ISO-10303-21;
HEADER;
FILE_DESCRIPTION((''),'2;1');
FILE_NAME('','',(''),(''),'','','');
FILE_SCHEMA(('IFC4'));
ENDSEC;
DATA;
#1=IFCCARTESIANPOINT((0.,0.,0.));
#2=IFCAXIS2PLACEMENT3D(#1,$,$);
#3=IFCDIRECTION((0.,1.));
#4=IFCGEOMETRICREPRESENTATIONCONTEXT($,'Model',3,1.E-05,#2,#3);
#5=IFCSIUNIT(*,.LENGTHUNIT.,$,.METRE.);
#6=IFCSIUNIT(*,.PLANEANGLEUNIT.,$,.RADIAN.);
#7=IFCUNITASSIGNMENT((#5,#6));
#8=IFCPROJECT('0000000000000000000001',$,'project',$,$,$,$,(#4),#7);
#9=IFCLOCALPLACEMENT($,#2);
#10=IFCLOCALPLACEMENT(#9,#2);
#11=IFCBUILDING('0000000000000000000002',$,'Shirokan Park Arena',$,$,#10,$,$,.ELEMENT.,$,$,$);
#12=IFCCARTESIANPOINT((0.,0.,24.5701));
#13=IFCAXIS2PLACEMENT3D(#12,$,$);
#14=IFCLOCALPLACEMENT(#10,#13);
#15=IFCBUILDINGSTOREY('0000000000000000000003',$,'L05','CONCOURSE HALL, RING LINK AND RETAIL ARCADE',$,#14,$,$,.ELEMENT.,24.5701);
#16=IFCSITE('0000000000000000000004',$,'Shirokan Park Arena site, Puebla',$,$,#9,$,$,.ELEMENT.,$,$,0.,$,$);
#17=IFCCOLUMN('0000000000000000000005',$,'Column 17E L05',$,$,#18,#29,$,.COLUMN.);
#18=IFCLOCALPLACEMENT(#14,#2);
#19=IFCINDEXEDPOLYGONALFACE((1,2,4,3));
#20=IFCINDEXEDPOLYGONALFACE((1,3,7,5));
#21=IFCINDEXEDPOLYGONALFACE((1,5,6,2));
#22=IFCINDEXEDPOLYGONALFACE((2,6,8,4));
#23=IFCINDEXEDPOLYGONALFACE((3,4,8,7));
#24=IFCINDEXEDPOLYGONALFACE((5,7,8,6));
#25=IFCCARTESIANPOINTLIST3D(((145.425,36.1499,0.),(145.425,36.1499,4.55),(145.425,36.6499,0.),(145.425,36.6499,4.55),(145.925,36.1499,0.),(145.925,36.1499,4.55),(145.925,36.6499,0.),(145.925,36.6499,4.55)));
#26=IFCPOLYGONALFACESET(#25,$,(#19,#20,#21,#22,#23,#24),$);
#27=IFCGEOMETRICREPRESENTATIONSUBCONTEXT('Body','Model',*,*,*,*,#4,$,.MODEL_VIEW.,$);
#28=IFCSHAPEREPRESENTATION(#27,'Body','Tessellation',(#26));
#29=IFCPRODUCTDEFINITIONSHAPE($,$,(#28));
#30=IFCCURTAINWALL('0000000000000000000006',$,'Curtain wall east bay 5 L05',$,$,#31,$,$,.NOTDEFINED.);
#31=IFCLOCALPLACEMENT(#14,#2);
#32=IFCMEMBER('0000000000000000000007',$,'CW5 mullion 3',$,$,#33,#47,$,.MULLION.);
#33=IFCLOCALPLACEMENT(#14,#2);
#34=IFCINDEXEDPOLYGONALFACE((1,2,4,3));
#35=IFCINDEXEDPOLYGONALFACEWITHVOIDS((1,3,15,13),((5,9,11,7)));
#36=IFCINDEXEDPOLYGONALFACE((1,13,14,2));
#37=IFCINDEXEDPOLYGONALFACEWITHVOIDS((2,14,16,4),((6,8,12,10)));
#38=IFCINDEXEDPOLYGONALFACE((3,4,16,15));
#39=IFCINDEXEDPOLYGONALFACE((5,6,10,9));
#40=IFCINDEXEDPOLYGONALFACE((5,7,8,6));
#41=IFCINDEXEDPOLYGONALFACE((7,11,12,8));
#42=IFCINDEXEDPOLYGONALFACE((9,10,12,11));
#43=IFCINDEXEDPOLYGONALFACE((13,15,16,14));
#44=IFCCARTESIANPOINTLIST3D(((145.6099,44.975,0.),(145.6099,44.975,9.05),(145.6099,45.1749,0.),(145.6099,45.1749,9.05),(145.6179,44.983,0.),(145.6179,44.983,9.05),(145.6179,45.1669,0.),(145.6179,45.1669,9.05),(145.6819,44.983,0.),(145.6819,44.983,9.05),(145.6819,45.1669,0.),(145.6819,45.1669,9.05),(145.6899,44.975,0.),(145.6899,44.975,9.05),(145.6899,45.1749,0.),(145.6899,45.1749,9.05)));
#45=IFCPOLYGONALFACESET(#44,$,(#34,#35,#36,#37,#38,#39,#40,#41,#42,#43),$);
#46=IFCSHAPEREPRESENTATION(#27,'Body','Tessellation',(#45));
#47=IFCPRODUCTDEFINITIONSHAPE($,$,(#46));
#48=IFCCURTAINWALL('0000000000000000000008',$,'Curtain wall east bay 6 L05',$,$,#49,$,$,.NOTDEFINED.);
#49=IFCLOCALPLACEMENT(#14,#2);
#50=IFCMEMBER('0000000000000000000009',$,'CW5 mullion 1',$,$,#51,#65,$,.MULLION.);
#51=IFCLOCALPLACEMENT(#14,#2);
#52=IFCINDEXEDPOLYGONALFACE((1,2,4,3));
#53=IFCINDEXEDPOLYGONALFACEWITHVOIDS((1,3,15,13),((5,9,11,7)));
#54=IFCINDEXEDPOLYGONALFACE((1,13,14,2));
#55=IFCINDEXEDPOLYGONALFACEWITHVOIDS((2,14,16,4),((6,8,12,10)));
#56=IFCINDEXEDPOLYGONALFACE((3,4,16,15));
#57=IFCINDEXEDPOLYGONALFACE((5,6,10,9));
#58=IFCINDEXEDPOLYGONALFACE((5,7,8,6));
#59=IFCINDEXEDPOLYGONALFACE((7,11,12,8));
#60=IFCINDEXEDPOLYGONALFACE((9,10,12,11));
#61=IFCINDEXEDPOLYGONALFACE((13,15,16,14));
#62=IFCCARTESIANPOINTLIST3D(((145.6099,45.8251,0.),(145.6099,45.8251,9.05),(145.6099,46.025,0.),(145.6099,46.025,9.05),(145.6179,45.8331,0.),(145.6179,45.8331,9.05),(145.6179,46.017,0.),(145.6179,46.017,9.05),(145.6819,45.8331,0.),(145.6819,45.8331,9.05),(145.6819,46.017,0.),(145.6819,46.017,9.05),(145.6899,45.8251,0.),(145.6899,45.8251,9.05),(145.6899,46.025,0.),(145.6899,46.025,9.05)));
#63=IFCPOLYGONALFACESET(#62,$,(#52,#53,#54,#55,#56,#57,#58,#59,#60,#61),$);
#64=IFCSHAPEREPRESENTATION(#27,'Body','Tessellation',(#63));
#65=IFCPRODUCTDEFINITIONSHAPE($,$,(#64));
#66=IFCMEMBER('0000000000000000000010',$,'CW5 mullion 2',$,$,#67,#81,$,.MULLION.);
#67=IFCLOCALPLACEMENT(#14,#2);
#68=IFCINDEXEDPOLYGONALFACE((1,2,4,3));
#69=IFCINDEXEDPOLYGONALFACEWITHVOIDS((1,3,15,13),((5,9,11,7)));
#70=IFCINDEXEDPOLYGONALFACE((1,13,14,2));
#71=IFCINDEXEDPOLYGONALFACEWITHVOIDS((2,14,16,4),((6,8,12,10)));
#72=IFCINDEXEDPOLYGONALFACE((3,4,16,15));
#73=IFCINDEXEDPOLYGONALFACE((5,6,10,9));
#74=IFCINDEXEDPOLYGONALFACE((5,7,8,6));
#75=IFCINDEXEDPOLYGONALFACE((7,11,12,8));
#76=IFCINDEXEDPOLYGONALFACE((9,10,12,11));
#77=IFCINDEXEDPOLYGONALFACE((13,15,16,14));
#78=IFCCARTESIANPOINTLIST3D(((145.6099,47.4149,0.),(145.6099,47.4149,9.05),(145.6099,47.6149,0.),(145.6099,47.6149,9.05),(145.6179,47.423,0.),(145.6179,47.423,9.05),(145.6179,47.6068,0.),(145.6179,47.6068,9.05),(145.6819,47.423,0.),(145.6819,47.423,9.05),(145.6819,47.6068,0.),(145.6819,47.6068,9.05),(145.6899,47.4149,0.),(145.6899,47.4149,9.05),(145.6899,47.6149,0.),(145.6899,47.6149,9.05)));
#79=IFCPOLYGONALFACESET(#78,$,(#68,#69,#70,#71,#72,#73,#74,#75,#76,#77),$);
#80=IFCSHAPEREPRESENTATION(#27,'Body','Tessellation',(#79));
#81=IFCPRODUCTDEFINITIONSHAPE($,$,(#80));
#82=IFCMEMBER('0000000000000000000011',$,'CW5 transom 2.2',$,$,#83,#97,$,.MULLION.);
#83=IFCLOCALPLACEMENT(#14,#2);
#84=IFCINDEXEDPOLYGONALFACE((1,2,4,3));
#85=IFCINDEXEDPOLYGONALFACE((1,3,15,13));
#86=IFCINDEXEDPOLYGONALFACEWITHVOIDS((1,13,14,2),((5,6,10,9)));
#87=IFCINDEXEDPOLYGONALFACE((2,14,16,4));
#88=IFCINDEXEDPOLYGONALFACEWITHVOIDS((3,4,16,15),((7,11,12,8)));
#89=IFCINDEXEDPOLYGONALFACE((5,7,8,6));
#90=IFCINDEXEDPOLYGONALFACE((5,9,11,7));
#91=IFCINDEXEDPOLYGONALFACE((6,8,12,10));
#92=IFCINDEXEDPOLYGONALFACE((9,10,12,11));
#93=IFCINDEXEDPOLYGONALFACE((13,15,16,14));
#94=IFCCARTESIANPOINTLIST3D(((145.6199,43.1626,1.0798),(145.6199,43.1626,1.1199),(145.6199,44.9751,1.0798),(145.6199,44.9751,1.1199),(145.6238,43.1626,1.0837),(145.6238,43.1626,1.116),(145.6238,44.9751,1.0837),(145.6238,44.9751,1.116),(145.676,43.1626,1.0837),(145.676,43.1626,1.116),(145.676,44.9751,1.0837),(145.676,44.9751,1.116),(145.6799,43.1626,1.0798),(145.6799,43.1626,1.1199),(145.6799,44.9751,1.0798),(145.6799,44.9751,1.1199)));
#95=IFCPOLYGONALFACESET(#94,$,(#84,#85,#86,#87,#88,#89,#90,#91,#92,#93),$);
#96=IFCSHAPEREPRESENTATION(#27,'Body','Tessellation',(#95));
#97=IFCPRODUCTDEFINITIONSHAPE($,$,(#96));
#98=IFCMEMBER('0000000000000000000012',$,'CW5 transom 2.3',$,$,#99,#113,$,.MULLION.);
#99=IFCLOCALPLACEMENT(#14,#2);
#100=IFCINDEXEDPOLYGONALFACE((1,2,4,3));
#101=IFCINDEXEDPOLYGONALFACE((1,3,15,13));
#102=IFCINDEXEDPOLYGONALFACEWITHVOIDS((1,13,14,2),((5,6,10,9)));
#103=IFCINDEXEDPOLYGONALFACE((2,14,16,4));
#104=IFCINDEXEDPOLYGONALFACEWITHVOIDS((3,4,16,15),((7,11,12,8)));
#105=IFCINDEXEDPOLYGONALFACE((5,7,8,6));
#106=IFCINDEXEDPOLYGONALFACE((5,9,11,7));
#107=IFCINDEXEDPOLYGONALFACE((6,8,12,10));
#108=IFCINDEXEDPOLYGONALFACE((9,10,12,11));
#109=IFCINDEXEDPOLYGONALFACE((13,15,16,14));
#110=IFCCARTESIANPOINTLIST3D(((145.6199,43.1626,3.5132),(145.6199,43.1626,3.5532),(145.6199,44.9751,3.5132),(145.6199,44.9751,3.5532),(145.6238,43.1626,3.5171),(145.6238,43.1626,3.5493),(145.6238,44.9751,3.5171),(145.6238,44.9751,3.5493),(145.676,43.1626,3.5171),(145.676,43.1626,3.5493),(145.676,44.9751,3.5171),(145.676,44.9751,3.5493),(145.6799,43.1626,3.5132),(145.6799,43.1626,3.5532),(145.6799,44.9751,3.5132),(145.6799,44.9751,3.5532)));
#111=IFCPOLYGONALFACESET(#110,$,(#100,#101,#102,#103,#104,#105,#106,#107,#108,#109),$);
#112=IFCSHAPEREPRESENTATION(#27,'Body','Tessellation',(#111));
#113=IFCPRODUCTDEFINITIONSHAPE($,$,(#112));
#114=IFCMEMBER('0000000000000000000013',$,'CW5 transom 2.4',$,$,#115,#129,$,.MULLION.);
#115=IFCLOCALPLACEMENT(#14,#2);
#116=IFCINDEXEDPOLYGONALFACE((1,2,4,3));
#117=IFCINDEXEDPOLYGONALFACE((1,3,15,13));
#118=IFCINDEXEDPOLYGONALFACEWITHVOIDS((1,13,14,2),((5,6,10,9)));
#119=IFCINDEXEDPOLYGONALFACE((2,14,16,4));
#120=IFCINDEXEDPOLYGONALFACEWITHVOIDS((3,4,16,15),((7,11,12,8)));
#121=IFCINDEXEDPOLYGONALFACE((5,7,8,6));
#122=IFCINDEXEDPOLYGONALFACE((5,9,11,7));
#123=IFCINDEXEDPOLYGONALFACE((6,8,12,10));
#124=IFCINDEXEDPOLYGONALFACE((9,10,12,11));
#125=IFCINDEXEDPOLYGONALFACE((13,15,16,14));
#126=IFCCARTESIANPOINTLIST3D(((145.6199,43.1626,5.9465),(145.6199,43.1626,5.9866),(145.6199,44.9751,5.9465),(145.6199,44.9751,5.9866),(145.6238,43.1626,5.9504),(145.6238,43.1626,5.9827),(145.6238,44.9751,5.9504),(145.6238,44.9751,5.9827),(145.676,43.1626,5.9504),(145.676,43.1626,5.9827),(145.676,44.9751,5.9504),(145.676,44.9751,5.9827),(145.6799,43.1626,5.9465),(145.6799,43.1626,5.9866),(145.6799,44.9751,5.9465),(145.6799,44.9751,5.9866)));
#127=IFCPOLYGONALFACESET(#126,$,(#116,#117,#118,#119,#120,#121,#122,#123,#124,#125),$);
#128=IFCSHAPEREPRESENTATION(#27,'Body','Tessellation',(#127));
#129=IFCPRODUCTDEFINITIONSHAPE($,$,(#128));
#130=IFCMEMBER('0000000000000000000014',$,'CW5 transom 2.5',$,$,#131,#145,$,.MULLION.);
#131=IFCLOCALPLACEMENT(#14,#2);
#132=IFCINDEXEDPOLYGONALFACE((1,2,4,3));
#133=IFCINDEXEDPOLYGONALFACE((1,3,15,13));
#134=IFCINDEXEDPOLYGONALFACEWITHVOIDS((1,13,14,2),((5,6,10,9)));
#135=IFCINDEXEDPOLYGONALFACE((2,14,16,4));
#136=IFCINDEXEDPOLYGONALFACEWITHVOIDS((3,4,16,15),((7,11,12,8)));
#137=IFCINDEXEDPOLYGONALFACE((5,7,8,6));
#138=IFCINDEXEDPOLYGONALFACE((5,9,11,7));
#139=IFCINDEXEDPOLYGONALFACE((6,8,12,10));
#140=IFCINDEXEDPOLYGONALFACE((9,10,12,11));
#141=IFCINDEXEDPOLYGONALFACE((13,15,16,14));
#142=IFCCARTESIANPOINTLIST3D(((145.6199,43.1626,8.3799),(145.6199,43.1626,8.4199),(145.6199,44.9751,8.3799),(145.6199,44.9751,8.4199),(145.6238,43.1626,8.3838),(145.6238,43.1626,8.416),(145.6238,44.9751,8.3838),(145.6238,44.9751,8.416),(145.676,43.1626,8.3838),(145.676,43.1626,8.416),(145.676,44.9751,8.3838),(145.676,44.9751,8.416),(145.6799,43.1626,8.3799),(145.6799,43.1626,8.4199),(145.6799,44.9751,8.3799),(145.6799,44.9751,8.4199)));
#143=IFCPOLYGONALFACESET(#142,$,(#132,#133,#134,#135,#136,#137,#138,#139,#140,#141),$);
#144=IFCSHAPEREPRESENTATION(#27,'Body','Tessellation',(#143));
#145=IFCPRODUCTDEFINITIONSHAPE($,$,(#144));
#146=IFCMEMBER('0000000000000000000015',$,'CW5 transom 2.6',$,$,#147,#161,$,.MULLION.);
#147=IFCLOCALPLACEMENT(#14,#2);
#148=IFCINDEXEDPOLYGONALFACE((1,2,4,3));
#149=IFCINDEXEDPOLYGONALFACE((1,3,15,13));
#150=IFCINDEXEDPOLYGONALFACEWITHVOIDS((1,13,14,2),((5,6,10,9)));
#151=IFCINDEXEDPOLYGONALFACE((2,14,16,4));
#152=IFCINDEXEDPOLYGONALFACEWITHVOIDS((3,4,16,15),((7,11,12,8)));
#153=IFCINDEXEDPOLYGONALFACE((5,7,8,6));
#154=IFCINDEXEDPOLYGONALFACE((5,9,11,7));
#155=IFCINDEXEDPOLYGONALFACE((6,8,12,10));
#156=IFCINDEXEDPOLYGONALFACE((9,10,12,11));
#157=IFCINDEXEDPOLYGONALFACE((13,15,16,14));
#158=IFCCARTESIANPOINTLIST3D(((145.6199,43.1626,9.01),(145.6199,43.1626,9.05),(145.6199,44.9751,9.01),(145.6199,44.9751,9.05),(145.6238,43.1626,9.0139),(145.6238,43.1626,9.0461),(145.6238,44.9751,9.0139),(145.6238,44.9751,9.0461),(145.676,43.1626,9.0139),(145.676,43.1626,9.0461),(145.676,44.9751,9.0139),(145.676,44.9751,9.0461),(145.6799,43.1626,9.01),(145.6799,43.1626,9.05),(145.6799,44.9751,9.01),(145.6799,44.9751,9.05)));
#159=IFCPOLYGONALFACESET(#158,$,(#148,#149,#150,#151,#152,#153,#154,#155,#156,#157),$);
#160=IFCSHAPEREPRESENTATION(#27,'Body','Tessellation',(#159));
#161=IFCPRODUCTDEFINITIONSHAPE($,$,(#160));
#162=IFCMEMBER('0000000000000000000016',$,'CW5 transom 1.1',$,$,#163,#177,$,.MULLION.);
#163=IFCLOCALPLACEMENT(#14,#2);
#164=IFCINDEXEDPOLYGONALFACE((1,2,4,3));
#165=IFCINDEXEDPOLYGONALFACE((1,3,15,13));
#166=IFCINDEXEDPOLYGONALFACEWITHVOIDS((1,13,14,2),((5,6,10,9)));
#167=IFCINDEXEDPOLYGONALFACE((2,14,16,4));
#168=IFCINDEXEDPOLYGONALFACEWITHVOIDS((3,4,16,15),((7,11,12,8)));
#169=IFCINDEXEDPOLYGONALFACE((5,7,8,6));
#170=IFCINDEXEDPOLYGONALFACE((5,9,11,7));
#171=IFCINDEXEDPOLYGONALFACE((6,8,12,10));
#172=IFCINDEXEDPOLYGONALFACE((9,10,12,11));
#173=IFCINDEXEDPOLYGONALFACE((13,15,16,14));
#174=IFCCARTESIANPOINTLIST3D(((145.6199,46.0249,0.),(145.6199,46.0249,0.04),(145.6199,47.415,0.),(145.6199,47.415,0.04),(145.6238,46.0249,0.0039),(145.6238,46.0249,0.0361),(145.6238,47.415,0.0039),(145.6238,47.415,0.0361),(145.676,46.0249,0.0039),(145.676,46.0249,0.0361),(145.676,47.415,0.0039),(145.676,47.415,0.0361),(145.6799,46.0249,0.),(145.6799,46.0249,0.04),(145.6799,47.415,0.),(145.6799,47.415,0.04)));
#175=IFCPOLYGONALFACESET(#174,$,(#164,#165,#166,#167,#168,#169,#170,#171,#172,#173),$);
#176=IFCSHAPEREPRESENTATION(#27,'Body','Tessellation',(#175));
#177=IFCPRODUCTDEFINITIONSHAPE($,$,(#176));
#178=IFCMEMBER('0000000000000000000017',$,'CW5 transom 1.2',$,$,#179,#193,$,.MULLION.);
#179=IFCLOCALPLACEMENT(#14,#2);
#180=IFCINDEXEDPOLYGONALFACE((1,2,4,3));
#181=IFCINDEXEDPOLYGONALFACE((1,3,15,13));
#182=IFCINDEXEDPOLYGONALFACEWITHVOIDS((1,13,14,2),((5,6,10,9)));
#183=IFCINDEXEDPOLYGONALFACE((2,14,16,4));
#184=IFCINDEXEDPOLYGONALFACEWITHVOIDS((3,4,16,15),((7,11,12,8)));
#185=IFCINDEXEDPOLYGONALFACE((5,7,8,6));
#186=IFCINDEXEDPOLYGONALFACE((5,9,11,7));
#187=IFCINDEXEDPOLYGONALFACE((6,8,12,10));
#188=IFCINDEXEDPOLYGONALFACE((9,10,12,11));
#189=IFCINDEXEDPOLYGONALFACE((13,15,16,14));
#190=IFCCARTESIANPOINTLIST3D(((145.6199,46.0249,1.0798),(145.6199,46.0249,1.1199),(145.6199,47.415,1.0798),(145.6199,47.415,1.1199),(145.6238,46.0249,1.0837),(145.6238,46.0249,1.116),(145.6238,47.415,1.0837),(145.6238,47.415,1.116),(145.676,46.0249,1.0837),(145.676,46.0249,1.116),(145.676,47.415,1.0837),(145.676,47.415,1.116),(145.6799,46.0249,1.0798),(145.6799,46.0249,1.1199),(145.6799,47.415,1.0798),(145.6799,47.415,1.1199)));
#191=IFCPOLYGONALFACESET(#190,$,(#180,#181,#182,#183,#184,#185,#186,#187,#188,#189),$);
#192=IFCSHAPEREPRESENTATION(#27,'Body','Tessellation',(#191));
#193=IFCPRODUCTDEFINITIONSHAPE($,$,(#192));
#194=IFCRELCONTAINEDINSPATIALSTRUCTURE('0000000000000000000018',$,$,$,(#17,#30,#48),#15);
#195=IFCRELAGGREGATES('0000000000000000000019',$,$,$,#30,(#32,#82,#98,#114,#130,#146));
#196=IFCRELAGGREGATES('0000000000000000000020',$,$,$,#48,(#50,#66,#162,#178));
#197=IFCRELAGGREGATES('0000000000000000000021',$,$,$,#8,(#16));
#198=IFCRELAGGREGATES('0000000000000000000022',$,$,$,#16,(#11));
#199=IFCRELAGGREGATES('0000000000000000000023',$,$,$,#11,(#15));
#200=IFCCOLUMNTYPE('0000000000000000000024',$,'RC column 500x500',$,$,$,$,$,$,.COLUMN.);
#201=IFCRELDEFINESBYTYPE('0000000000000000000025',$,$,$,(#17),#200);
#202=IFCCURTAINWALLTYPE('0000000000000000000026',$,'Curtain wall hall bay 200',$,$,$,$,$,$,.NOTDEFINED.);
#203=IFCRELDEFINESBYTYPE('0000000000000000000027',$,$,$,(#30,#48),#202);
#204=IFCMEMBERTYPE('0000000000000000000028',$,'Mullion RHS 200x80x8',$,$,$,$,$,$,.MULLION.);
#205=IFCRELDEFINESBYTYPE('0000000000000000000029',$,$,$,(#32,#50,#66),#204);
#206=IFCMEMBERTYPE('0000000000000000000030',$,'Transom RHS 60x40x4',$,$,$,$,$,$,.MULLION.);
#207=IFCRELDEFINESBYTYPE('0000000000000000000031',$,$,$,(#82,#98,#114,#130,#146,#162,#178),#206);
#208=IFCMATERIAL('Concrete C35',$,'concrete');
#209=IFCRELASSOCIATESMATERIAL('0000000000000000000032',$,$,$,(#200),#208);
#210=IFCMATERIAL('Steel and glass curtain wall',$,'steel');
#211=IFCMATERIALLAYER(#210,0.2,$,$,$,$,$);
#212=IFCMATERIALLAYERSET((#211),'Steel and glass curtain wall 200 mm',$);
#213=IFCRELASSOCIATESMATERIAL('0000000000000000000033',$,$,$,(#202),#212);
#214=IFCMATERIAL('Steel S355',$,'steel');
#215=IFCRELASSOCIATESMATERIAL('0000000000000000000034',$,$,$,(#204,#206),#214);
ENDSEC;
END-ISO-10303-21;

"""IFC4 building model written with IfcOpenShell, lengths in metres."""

from ifc_helpers import new_model, si_unit, direction, frame, origin, origin_2d, place, context, subcontext, project, spatial, rectangle, hollow_rectangle, extrude, material, layer, layer_set, material_profile, profile_set, type_object, element, aggregate, save


model = new_model("IFC4")

# Units and contexts
model_context = context("Model", 3, precision=1e-05, world=origin(), true_north=direction((0.0, 1.0)))
body_context = subcontext(model_context, "Body", "Model", "MODEL_VIEW")
ifc_project = project(units=[si_unit("LENGTHUNIT", "METRE"), si_unit("PLANEANGLEUNIT", "RADIAN")], contexts=[model_context])

# Site, building, storey
site_placement = place(None, origin())
site = spatial("IfcSite", under=ifc_project, at=site_placement, Name="Shirokan Park Arena site, Puebla", CompositionType="ELEMENT", RefElevation=0.0)
building_placement = place(site_placement, origin())
building = spatial("IfcBuilding", under=site, at=building_placement, Name="Shirokan Park Arena", CompositionType="ELEMENT")
storey_placement = place(building_placement, frame((0.0, 0.0, 24.5701)))
storey = spatial("IfcBuildingStorey", under=building, at=storey_placement, Name="L05", Description="CONCOURSE HALL, RING LINK AND RETAIL ARCADE", CompositionType="ELEMENT", Elevation=24.5701)

# Column
ifc_material_1 = material(Name="Concrete C35", Category="concrete")
ifc_material_profile_1 = material_profile(ifc_material_1, rectangle(XDim=0.5, YDim=0.5, at=origin_2d()), Name="500x500")
ifc_profile_set_1 = profile_set([ifc_material_profile_1], Name="Concrete C35")
column_type = type_object("IfcColumnType", Name="RC column 500x500", PredefinedType="COLUMN", material=ifc_profile_set_1)
column_placement = place(storey_placement, frame((145.675, 36.3999, 0.0), z_axis=(0.0, 0.0, 1.0), x_axis=(1.0, 0.0, 0.0)))
element("IfcColumn", 1, at=column_placement, inside=storey, type_object=column_type, Name="Column 17E L05", PredefinedType="COLUMN", context=body_context, shape_type="SweptSolid", body=[
    extrude(rectangle(XDim=0.5, YDim=0.5, at=origin_2d()), origin(), (0.0, 0.0, 1.0), 4.55),
])

# Curtain wall, member
ifc_material_2 = material(Name="Steel and glass curtain wall", Category="steel")
ifc_layer_1 = layer(ifc_material_2, 0.2)
ifc_layer_set_1 = layer_set([ifc_layer_1], Name="Steel and glass curtain wall 200 mm")
curtain_wall_type = type_object("IfcCurtainWallType", Name="Curtain wall hall bay 200", PredefinedType="NOTDEFINED", material=ifc_layer_set_1)
curtain_wall_1_placement = place(storey_placement, origin())
curtain_wall_1 = element("IfcCurtainWall", 2, at=curtain_wall_1_placement, inside=storey, type_object=curtain_wall_type, Name="Curtain wall east bay 5 L05", PredefinedType="NOTDEFINED")
ifc_material_3 = material(Name="Steel S355", Category="steel")
ifc_material_profile_2 = material_profile(ifc_material_3, hollow_rectangle(XDim=0.0801, YDim=0.2, WallThickness=0.0081, at=origin_2d()), Name="RHS 200x80x8")
ifc_profile_set_2 = profile_set([ifc_material_profile_2], Name="Steel S355")
member_type_1 = type_object("IfcMemberType", Name="Mullion RHS 200x80x8", PredefinedType="MULLION", material=ifc_profile_set_2)
member_1_placement = place(storey_placement, frame((145.6499, 45.075, 0.0), z_axis=(0.0, 0.0, 1.0), x_axis=(-1.0, 0.0, 0.0)))
member_1 = element("IfcMember", 3, at=member_1_placement, type_object=member_type_1, Name="CW5 mullion 3", PredefinedType="MULLION", context=body_context, shape_type="SweptSolid", body=[
    extrude(hollow_rectangle(XDim=0.0801, YDim=0.2, WallThickness=0.0081, at=origin_2d()), origin(), (0.0, 0.0, 1.0), 9.05),
])

# Curtain wall, members
curtain_wall_2_placement = place(storey_placement, origin())
curtain_wall_2 = element("IfcCurtainWall", 4, at=curtain_wall_2_placement, inside=storey, type_object=curtain_wall_type, Name="Curtain wall east bay 6 L05", PredefinedType="NOTDEFINED")
member_2_placement = place(storey_placement, frame((145.6499, 45.925, 0.0), z_axis=(0.0, 0.0, 1.0), x_axis=(-1.0, 0.0, 0.0)))
member_2 = element("IfcMember", 5, at=member_2_placement, type_object=member_type_1, Name="CW5 mullion 1", PredefinedType="MULLION", context=body_context, shape_type="SweptSolid", body=[
    extrude(hollow_rectangle(XDim=0.0801, YDim=0.2, WallThickness=0.0081, at=origin_2d()), origin(), (0.0, 0.0, 1.0), 9.05),
])
member_3_placement = place(storey_placement, frame((145.6499, 47.5149, 0.0), z_axis=(0.0, 0.0, 1.0), x_axis=(-1.0, 0.0, 0.0)))
member_3 = element("IfcMember", 6, at=member_3_placement, type_object=member_type_1, Name="CW5 mullion 2", PredefinedType="MULLION", context=body_context, shape_type="SweptSolid", body=[
    extrude(hollow_rectangle(XDim=0.0801, YDim=0.2, WallThickness=0.0081, at=origin_2d()), origin(), (0.0, 0.0, 1.0), 9.05),
])

# Members
ifc_material_profile_3 = material_profile(ifc_material_3, hollow_rectangle(XDim=0.0601, YDim=0.04, WallThickness=0.0039, at=origin_2d()), Name="RHS 60x40x4")
ifc_profile_set_3 = profile_set([ifc_material_profile_3], Name="Steel S355")
member_type_2 = type_object("IfcMemberType", Name="Transom RHS 60x40x4", PredefinedType="MULLION", material=ifc_profile_set_3)
member_4_placement = place(storey_placement, frame((145.6499, 43.1626, 1.0999), z_axis=(0.0, 1.0, 0.0), x_axis=(-1.0, 0.0, 0.0)))
member_4 = element("IfcMember", 7, at=member_4_placement, type_object=member_type_2, Name="CW5 transom 2.2", PredefinedType="MULLION", context=body_context, shape_type="SweptSolid", body=[
    extrude(hollow_rectangle(XDim=0.0601, YDim=0.04, WallThickness=0.0039, at=origin_2d()), origin(), (0.0, 0.0, 1.0), 1.8125),
])
member_5_placement = place(storey_placement, frame((145.6499, 43.1626, 3.5332), z_axis=(0.0, 1.0, 0.0), x_axis=(-1.0, 0.0, 0.0)))
member_5 = element("IfcMember", 8, at=member_5_placement, type_object=member_type_2, Name="CW5 transom 2.3", PredefinedType="MULLION", context=body_context, shape_type="SweptSolid", body=[
    extrude(hollow_rectangle(XDim=0.0601, YDim=0.04, WallThickness=0.0039, at=origin_2d()), origin(), (0.0, 0.0, 1.0), 1.8125),
])
member_6_placement = place(storey_placement, frame((145.6499, 43.1626, 5.9666), z_axis=(0.0, 1.0, 0.0), x_axis=(-1.0, 0.0, 0.0)))
member_6 = element("IfcMember", 9, at=member_6_placement, type_object=member_type_2, Name="CW5 transom 2.4", PredefinedType="MULLION", context=body_context, shape_type="SweptSolid", body=[
    extrude(hollow_rectangle(XDim=0.0601, YDim=0.04, WallThickness=0.0039, at=origin_2d()), origin(), (0.0, 0.0, 1.0), 1.8125),
])
member_7_placement = place(storey_placement, frame((145.6499, 43.1626, 8.3999), z_axis=(0.0, 1.0, 0.0), x_axis=(-1.0, 0.0, 0.0)))
member_7 = element("IfcMember", 10, at=member_7_placement, type_object=member_type_2, Name="CW5 transom 2.5", PredefinedType="MULLION", context=body_context, shape_type="SweptSolid", body=[
    extrude(hollow_rectangle(XDim=0.0601, YDim=0.04, WallThickness=0.0039, at=origin_2d()), origin(), (0.0, 0.0, 1.0), 1.8125),
])
member_8_placement = place(storey_placement, frame((145.6499, 43.1626, 9.03), z_axis=(0.0, 1.0, 0.0), x_axis=(-1.0, 0.0, 0.0)))
member_8 = element("IfcMember", 11, at=member_8_placement, type_object=member_type_2, Name="CW5 transom 2.6", PredefinedType="MULLION", context=body_context, shape_type="SweptSolid", body=[
    extrude(hollow_rectangle(XDim=0.0601, YDim=0.04, WallThickness=0.0039, at=origin_2d()), origin(), (0.0, 0.0, 1.0), 1.8125),
])
member_9_placement = place(storey_placement, frame((145.6499, 46.0249, 0.02), z_axis=(0.0, 1.0, 0.0), x_axis=(-1.0, 0.0, 0.0)))
member_9 = element("IfcMember", 12, at=member_9_placement, type_object=member_type_2, Name="CW5 transom 1.1", PredefinedType="MULLION", context=body_context, shape_type="SweptSolid", body=[
    extrude(hollow_rectangle(XDim=0.0601, YDim=0.04, WallThickness=0.0039, at=origin_2d()), origin(), (0.0, 0.0, 1.0), 1.3901),
])
member_10_placement = place(storey_placement, frame((145.6499, 46.0249, 1.0999), z_axis=(0.0, 1.0, 0.0), x_axis=(-1.0, 0.0, 0.0)))
member_10 = element("IfcMember", 13, at=member_10_placement, type_object=member_type_2, Name="CW5 transom 1.2", PredefinedType="MULLION", context=body_context, shape_type="SweptSolid", body=[
    extrude(hollow_rectangle(XDim=0.0601, YDim=0.04, WallThickness=0.0039, at=origin_2d()), origin(), (0.0, 0.0, 1.0), 1.3901),
])

aggregate(curtain_wall_1, [member_1, member_4, member_5, member_6, member_7, member_8])
aggregate(curtain_wall_2, [member_2, member_3, member_9, member_10])

save(model, "model.ifc")
